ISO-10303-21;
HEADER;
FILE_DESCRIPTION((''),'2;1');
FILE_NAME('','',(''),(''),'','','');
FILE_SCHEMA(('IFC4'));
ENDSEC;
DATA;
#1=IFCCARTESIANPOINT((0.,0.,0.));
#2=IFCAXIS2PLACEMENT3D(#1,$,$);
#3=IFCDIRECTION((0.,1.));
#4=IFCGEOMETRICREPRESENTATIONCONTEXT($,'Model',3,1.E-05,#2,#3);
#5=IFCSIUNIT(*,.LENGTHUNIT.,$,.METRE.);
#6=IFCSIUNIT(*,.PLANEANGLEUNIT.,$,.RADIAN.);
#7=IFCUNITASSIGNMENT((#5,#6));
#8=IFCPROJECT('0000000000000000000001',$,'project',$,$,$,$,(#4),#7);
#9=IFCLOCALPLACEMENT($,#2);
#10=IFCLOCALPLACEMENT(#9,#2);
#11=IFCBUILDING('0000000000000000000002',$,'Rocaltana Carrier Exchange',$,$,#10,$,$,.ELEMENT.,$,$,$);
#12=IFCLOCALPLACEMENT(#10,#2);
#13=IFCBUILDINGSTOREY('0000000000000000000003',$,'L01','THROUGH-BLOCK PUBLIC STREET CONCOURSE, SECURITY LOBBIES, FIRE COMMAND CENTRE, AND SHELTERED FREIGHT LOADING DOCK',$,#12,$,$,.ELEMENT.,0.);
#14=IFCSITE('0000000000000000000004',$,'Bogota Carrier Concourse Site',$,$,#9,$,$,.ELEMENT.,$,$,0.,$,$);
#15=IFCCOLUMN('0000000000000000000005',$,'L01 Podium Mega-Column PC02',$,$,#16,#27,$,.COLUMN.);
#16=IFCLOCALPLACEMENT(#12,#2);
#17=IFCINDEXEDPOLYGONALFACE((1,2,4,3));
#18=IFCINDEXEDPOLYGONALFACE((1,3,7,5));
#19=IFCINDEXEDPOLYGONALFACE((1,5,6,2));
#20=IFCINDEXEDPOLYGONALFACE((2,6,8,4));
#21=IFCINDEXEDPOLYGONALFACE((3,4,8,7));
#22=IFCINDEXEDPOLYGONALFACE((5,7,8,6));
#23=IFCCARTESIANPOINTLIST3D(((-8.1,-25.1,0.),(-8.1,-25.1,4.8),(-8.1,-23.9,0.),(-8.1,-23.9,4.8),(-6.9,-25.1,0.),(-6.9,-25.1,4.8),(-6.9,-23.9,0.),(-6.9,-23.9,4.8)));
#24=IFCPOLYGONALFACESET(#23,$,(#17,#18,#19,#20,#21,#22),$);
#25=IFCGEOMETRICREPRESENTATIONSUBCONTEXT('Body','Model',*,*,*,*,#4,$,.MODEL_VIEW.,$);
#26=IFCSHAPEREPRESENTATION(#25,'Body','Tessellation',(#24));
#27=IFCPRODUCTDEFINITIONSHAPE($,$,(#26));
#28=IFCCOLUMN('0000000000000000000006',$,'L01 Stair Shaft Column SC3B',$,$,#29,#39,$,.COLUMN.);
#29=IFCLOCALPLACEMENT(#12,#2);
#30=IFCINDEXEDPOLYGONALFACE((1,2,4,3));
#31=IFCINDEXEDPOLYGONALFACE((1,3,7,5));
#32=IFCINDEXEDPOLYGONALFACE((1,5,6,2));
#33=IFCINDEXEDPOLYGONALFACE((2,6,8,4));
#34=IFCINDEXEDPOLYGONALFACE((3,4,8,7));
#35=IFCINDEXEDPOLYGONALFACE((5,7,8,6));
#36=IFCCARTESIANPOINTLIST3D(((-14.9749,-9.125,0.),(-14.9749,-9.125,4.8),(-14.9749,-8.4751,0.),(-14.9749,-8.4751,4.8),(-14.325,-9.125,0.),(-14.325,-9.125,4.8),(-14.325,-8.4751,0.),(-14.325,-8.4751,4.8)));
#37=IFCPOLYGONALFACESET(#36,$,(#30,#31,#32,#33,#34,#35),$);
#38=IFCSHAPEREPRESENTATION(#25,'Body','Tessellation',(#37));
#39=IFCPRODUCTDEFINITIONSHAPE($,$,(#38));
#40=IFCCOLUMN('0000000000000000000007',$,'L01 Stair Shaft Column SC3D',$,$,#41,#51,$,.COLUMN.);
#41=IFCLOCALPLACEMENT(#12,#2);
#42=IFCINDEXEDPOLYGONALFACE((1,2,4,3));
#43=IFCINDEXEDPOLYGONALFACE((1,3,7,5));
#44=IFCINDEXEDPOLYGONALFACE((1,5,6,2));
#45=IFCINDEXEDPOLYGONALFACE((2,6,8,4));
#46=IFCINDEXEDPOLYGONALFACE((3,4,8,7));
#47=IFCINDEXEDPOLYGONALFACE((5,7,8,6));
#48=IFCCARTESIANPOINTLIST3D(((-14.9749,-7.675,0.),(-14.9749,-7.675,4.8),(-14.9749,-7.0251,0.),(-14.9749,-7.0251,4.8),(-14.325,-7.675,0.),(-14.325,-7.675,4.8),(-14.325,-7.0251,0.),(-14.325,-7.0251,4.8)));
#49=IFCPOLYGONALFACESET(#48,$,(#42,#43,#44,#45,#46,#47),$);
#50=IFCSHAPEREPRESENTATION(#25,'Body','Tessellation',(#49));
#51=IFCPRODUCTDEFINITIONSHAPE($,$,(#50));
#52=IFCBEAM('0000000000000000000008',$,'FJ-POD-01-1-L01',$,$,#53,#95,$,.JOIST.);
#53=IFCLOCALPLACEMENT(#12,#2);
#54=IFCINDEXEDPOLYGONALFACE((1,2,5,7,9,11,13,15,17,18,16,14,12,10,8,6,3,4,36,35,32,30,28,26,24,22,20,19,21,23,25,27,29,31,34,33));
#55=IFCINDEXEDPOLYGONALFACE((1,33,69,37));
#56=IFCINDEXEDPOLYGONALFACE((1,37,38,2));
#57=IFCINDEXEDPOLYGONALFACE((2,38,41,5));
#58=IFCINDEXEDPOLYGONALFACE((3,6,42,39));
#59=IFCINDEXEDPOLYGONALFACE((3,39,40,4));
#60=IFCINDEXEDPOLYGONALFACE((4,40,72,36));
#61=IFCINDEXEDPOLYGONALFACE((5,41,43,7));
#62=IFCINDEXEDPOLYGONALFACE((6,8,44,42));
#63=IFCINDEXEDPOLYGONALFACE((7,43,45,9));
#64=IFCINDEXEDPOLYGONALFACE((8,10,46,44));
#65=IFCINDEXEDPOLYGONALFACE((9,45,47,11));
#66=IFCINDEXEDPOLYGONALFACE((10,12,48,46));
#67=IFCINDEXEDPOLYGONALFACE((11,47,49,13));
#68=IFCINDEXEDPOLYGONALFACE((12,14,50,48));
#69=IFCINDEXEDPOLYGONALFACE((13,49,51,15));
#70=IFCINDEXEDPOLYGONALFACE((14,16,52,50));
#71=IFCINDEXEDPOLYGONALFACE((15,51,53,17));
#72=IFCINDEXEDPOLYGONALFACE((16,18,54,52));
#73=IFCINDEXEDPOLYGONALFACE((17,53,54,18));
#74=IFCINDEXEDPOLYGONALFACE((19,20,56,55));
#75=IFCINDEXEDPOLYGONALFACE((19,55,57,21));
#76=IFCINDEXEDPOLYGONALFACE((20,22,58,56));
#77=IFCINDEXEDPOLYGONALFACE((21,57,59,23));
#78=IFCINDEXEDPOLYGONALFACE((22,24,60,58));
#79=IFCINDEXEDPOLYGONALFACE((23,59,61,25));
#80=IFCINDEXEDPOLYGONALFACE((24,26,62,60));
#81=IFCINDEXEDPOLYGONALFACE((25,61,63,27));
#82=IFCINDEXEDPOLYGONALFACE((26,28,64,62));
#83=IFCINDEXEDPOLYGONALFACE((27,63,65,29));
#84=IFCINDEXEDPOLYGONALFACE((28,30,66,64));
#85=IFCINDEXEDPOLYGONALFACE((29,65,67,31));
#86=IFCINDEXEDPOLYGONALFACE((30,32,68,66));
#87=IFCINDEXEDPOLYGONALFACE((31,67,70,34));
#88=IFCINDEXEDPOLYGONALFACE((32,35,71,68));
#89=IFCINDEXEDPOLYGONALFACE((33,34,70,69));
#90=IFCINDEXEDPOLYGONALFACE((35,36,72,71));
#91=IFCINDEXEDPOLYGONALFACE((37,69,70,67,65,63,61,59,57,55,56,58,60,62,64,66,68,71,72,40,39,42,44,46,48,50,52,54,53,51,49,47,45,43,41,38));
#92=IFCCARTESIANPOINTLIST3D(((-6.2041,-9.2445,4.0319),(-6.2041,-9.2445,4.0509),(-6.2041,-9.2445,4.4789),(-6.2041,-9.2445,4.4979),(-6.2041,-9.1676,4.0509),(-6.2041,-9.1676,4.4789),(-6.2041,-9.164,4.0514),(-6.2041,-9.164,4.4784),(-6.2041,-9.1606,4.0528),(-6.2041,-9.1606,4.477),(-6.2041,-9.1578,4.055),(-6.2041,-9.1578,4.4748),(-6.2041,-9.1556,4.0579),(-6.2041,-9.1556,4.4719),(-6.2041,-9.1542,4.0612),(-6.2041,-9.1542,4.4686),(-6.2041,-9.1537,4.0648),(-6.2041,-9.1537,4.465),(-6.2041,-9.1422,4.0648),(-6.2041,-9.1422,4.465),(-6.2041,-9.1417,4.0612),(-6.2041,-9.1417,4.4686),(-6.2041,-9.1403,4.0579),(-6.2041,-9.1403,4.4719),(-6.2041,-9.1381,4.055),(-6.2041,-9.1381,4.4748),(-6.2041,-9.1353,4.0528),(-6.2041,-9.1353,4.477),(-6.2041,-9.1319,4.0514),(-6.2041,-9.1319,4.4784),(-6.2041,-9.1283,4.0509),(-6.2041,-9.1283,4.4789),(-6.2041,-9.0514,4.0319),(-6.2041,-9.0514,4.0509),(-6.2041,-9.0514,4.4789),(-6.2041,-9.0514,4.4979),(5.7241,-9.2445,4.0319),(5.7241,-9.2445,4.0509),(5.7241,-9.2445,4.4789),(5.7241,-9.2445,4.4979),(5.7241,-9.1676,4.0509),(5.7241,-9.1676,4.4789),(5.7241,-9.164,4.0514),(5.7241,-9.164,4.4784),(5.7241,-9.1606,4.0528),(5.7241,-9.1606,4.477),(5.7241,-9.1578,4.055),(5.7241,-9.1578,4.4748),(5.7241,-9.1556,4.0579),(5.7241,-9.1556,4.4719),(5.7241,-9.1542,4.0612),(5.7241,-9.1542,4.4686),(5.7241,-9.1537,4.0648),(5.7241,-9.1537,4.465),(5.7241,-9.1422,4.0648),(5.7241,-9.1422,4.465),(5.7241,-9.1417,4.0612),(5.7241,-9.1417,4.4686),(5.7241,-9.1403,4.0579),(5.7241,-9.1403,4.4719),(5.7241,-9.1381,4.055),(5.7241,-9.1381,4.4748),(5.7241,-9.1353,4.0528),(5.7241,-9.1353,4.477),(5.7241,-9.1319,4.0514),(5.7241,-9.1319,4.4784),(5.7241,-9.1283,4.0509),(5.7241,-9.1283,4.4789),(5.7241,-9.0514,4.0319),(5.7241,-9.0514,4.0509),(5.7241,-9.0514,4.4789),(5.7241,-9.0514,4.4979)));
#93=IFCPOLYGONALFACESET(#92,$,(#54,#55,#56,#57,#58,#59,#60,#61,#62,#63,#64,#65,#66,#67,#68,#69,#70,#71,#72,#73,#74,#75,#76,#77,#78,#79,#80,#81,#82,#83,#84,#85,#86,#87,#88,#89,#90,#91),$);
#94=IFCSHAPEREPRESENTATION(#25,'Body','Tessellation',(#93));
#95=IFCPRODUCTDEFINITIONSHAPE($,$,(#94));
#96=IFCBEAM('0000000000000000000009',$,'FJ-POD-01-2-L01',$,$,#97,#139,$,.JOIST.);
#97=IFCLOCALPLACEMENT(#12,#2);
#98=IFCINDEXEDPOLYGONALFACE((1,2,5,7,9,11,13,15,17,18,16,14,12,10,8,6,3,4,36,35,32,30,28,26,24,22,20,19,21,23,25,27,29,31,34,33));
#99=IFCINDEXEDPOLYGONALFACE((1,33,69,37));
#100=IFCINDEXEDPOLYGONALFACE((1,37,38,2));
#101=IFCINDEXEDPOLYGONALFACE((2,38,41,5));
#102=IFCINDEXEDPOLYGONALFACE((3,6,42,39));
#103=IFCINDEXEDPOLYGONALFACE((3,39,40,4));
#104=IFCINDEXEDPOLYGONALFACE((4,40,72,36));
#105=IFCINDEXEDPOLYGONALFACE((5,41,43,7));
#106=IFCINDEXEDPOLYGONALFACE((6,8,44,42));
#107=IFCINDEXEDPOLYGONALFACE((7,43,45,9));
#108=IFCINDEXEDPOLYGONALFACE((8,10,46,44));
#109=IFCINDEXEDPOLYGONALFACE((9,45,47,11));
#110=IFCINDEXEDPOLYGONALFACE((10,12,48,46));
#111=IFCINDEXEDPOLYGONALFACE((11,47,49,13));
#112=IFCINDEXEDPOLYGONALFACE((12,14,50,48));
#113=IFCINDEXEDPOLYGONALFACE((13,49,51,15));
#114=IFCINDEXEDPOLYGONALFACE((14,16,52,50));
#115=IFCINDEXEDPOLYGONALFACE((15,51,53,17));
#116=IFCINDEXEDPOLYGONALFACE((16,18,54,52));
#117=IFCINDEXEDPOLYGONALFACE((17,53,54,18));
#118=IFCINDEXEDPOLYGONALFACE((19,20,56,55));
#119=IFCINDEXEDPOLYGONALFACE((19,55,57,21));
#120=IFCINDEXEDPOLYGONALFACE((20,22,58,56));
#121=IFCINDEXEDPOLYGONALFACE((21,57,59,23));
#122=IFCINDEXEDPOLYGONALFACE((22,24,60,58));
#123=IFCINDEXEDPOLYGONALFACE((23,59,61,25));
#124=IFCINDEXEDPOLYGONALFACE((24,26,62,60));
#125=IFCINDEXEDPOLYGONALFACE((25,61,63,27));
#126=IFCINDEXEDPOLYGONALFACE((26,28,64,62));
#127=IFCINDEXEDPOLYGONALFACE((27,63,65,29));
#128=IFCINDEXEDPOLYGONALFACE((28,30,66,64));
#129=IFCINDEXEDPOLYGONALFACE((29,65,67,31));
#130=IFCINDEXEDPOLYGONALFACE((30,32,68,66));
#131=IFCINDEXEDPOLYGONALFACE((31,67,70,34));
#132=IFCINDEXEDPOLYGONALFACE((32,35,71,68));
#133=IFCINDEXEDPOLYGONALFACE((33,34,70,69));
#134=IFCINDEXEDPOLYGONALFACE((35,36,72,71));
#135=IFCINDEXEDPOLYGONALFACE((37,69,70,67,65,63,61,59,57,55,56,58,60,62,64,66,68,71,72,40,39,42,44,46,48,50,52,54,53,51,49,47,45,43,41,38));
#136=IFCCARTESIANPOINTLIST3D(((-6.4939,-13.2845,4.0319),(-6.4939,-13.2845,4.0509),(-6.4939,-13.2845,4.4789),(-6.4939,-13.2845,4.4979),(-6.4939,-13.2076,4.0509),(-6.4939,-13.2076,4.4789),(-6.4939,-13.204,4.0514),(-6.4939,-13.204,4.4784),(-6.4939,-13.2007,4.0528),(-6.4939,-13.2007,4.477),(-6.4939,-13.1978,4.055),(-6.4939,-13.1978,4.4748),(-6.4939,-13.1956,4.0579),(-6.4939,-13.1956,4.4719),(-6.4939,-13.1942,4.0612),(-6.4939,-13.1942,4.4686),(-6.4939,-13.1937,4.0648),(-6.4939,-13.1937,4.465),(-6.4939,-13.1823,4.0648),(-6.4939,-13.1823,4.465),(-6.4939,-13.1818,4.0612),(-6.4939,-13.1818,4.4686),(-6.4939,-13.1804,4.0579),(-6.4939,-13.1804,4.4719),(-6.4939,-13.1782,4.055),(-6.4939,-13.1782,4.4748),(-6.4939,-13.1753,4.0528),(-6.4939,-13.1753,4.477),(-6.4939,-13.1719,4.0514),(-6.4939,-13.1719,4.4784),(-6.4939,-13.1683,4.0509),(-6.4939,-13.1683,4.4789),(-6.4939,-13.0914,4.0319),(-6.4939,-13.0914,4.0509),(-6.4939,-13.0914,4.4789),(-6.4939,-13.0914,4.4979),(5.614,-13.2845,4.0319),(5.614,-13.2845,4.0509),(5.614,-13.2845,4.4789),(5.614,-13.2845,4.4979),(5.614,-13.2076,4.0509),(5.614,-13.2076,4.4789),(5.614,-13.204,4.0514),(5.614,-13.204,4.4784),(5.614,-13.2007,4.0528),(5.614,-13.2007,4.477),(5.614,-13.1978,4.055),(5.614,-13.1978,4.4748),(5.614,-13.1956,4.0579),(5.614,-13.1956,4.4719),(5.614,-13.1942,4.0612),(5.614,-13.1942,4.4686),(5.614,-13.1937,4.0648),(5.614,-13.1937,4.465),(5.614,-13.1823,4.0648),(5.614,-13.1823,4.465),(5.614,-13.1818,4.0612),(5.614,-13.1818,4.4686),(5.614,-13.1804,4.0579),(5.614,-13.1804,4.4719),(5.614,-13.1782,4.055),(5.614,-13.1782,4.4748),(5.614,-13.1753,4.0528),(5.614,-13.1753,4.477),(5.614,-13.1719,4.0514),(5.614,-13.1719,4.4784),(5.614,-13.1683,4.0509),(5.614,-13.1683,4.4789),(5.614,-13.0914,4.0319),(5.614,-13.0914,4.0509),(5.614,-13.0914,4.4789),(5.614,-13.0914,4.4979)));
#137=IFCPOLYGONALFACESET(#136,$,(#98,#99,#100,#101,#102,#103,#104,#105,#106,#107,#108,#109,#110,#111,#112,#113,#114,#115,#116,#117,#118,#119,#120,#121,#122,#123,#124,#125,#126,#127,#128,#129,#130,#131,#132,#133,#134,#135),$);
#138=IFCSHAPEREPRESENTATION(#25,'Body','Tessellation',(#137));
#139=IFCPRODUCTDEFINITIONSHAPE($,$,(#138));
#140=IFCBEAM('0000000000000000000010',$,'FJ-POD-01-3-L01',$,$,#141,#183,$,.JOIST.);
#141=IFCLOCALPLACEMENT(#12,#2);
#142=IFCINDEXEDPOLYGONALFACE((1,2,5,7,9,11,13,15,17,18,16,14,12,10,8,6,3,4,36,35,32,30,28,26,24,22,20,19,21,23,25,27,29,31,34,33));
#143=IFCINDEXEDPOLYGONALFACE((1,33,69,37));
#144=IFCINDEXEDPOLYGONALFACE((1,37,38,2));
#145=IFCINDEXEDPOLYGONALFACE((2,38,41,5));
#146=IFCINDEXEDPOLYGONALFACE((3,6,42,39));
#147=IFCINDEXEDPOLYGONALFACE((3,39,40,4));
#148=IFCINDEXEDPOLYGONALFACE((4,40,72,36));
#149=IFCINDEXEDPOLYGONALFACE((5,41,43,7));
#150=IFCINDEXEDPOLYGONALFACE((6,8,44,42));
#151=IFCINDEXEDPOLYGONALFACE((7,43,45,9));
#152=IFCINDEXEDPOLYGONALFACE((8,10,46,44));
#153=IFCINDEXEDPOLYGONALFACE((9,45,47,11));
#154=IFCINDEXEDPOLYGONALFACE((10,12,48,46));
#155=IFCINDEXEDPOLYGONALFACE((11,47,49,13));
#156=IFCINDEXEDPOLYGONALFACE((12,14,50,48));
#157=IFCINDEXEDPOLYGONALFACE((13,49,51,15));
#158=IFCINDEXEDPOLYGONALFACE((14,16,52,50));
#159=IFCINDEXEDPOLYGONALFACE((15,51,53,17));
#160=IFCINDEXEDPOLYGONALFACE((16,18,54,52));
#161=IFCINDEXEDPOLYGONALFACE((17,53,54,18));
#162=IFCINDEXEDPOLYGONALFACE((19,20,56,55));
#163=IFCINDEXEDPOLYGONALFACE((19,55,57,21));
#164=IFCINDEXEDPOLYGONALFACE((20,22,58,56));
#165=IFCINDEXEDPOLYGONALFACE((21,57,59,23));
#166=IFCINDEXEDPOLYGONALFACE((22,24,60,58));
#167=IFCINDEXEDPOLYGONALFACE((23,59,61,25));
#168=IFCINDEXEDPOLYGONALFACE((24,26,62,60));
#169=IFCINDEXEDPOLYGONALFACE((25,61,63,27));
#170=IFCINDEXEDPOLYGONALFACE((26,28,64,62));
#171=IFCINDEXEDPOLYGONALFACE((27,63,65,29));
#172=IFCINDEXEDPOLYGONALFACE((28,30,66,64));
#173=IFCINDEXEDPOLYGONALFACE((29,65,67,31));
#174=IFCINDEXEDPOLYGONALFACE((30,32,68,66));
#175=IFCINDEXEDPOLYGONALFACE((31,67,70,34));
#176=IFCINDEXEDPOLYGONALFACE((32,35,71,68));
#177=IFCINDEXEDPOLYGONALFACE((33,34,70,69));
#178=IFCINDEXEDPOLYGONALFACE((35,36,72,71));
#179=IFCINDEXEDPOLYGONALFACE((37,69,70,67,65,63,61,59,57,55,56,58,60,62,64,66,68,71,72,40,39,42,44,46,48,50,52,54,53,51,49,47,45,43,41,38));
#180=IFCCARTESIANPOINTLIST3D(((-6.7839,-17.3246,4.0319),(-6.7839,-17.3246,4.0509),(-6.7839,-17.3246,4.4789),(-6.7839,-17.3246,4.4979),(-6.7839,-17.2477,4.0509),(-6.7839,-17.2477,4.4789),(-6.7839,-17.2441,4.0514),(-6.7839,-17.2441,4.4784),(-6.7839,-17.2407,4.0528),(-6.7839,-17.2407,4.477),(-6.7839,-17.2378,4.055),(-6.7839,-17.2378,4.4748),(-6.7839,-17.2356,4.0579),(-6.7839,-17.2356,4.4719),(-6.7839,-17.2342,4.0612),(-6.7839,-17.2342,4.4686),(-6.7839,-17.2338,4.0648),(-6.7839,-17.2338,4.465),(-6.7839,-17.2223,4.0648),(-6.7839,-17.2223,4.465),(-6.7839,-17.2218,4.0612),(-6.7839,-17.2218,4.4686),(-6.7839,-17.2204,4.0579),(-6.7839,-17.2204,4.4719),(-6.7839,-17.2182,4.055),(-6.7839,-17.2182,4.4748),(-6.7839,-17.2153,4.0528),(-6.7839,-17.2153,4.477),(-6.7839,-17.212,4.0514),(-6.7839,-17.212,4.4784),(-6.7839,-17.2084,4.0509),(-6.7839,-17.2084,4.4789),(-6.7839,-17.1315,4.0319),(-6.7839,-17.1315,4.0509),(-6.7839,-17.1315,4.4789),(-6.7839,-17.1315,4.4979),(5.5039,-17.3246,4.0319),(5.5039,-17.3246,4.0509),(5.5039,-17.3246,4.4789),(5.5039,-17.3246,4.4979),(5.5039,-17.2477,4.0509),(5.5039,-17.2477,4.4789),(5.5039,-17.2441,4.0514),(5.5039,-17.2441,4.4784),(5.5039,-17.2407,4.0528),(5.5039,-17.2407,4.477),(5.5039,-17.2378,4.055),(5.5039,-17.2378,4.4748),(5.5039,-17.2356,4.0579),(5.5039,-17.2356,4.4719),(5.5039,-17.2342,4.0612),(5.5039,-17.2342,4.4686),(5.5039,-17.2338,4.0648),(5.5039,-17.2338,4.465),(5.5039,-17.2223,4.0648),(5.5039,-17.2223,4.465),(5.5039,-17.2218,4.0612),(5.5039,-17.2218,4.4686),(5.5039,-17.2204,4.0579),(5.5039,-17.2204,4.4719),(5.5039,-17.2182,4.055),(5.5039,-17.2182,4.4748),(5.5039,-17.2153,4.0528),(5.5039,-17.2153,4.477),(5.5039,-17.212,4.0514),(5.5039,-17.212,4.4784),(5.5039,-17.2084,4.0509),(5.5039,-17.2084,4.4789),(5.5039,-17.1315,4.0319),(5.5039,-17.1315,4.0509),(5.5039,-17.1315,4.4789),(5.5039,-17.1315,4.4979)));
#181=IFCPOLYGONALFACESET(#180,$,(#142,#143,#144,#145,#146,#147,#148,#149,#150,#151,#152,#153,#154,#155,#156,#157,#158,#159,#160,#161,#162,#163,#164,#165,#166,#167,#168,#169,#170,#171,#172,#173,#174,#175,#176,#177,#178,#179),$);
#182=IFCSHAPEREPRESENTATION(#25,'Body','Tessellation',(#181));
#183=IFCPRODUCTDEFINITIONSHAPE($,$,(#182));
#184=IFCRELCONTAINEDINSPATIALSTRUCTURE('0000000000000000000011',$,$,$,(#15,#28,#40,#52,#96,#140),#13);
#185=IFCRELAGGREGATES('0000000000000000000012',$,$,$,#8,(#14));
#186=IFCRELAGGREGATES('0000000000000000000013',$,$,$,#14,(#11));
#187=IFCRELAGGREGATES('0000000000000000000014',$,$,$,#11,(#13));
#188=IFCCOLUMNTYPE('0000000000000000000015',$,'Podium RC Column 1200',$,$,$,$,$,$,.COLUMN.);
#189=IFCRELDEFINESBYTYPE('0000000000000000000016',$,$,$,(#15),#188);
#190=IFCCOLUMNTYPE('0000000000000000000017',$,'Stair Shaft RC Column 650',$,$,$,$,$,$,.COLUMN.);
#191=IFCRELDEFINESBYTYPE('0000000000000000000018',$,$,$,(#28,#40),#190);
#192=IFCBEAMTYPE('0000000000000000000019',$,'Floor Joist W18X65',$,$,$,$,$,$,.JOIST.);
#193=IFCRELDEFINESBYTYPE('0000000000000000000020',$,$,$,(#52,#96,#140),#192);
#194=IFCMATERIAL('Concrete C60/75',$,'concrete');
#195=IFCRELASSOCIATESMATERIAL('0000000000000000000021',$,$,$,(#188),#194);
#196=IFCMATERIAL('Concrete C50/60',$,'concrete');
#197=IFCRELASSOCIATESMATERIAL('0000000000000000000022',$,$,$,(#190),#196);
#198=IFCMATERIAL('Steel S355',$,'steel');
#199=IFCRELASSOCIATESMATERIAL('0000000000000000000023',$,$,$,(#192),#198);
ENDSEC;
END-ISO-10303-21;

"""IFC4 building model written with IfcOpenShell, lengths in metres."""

from ifc_helpers import new_model, si_unit, direction, frame, origin, origin_2d, place, context, subcontext, project, spatial, rectangle, i_section, extrude, material, material_profile, profile_set, type_object, element, save


model = new_model("IFC4")

# Units and contexts
model_context = context("Model", 3, precision=1e-05, world=origin(), true_north=direction((0.0, 1.0)))
body_context = subcontext(model_context, "Body", "Model", "MODEL_VIEW")
ifc_project = project(units=[si_unit("LENGTHUNIT", "METRE"), si_unit("PLANEANGLEUNIT", "RADIAN")], contexts=[model_context])

# Site, building, storey
site_placement = place(None, origin())
site = spatial("IfcSite", under=ifc_project, at=site_placement, Name="Bogota Carrier Concourse Site", CompositionType="ELEMENT", RefElevation=0.0)
building_placement = place(site_placement, origin())
building = spatial("IfcBuilding", under=site, at=building_placement, Name="Rocaltana Carrier Exchange", CompositionType="ELEMENT")
storey_placement = place(building_placement, origin())
storey = spatial("IfcBuildingStorey", under=building, at=storey_placement, Name="L01", Description="THROUGH-BLOCK PUBLIC STREET CONCOURSE, SECURITY LOBBIES, FIRE COMMAND CENTRE, AND SHELTERED FREIGHT LOADING DOCK", CompositionType="ELEMENT", Elevation=0.0)

# Columns
ifc_material_1 = material(Name="Concrete C60/75", Category="concrete")
ifc_material_profile_1 = material_profile(ifc_material_1, rectangle(XDim=1.2, YDim=1.2, at=origin_2d()), Name="RC-COL-1200X1200")
ifc_profile_set_1 = profile_set([ifc_material_profile_1], Name="Concrete C60/75")
column_type_1 = type_object("IfcColumnType", Name="Podium RC Column 1200", PredefinedType="COLUMN", material=ifc_profile_set_1)
column_placement = place(storey_placement, frame((-7.5, -24.5, 0.0), z_axis=(0.0, 0.0, 1.0), x_axis=(1.0, 0.0, 0.0)))
element("IfcColumn", 1, at=column_placement, inside=storey, type_object=column_type_1, Name="L01 Podium Mega-Column PC02", PredefinedType="COLUMN", context=body_context, shape_type="SweptSolid", body=[
    extrude(rectangle(XDim=1.2, YDim=1.2, at=origin_2d()), origin(), (0.0, 0.0, 1.0), 4.8),
])
ifc_material_2 = material(Name="Concrete C50/60", Category="concrete")
ifc_material_profile_2 = material_profile(ifc_material_2, rectangle(XDim=0.6499, YDim=0.6499, at=origin_2d()), Name="RC-COL-650X650")
ifc_profile_set_2 = profile_set([ifc_material_profile_2], Name="Concrete C50/60")
column_type_2 = type_object("IfcColumnType", Name="Stair Shaft RC Column 650", PredefinedType="COLUMN", material=ifc_profile_set_2)
for number, where, z_axis, x_axis, name in (
    (2, (-14.6499, -8.8, 0.0), (0.0, 0.0, 1.0), (1.0, 0.0, 0.0), "L01 Stair Shaft Column SC3B"),
    (3, (-14.6499, -7.3501, 0.0), (0.0, 0.0, 1.0), (1.0, 0.0, 0.0), "L01 Stair Shaft Column SC3D"),
):
    element("IfcColumn", number, at=place(storey_placement, frame(where, z_axis=z_axis, x_axis=x_axis)), inside=storey, type_object=column_type_2, Name=name, PredefinedType="COLUMN", context=body_context, shape_type="SweptSolid", body=[
        extrude(rectangle(XDim=0.6499, YDim=0.6499, at=origin_2d()), origin(), (0.0, 0.0, 1.0), 4.8),
    ])

# Beams
ifc_material_3 = material(Name="Steel S355", Category="steel")
ifc_material_profile_3 = material_profile(ifc_material_3, i_section(OverallWidth=0.1931, OverallDepth=0.4661, WebThickness=0.0115, FlangeThickness=0.019, FilletRadius=0.0139, at=origin_2d()), Name="W18X65")
ifc_profile_set_3 = profile_set([ifc_material_profile_3], Name="Steel S355")
beam_type_1 = type_object("IfcBeamType", Name="Floor Joist W18X65", PredefinedType="JOIST", material=ifc_profile_set_3)
beam_1_placement = place(storey_placement, frame((-6.2041, -9.1479, 4.2649), z_axis=(1.0, 0.0, 0.0), x_axis=(0.0, 1.0, 0.0)))
element("IfcBeam", 4, at=beam_1_placement, inside=storey, type_object=beam_type_1, Name="FJ-POD-01-1-L01", PredefinedType="JOIST", context=body_context, shape_type="SweptSolid", body=[
    extrude(i_section(OverallWidth=0.1931, OverallDepth=0.4661, WebThickness=0.0115, FlangeThickness=0.019, FilletRadius=0.0139, at=origin_2d()), origin(), (0.0, 0.0, 1.0), 11.9282),
])
beam_2_placement = place(storey_placement, frame((-6.4939, -13.188, 4.2649), z_axis=(1.0, 0.0, 0.0), x_axis=(0.0, 1.0, 0.0)))
element("IfcBeam", 5, at=beam_2_placement, inside=storey, type_object=beam_type_1, Name="FJ-POD-01-2-L01", PredefinedType="JOIST", context=body_context, shape_type="SweptSolid", body=[
    extrude(i_section(OverallWidth=0.1931, OverallDepth=0.4661, WebThickness=0.0115, FlangeThickness=0.019, FilletRadius=0.0139, at=origin_2d()), origin(), (0.0, 0.0, 1.0), 12.1079),
])
beam_3_placement = place(storey_placement, frame((-6.7839, -17.228, 4.2649), z_axis=(1.0, 0.0, 0.0), x_axis=(0.0, 1.0, 0.0)))
element("IfcBeam", 6, at=beam_3_placement, inside=storey, type_object=beam_type_1, Name="FJ-POD-01-3-L01", PredefinedType="JOIST", context=body_context, shape_type="SweptSolid", body=[
    extrude(i_section(OverallWidth=0.1931, OverallDepth=0.4661, WebThickness=0.0115, FlangeThickness=0.019, FilletRadius=0.0139, at=origin_2d()), origin(), (0.0, 0.0, 1.0), 12.2878),
])

save(model, "model.ifc")
